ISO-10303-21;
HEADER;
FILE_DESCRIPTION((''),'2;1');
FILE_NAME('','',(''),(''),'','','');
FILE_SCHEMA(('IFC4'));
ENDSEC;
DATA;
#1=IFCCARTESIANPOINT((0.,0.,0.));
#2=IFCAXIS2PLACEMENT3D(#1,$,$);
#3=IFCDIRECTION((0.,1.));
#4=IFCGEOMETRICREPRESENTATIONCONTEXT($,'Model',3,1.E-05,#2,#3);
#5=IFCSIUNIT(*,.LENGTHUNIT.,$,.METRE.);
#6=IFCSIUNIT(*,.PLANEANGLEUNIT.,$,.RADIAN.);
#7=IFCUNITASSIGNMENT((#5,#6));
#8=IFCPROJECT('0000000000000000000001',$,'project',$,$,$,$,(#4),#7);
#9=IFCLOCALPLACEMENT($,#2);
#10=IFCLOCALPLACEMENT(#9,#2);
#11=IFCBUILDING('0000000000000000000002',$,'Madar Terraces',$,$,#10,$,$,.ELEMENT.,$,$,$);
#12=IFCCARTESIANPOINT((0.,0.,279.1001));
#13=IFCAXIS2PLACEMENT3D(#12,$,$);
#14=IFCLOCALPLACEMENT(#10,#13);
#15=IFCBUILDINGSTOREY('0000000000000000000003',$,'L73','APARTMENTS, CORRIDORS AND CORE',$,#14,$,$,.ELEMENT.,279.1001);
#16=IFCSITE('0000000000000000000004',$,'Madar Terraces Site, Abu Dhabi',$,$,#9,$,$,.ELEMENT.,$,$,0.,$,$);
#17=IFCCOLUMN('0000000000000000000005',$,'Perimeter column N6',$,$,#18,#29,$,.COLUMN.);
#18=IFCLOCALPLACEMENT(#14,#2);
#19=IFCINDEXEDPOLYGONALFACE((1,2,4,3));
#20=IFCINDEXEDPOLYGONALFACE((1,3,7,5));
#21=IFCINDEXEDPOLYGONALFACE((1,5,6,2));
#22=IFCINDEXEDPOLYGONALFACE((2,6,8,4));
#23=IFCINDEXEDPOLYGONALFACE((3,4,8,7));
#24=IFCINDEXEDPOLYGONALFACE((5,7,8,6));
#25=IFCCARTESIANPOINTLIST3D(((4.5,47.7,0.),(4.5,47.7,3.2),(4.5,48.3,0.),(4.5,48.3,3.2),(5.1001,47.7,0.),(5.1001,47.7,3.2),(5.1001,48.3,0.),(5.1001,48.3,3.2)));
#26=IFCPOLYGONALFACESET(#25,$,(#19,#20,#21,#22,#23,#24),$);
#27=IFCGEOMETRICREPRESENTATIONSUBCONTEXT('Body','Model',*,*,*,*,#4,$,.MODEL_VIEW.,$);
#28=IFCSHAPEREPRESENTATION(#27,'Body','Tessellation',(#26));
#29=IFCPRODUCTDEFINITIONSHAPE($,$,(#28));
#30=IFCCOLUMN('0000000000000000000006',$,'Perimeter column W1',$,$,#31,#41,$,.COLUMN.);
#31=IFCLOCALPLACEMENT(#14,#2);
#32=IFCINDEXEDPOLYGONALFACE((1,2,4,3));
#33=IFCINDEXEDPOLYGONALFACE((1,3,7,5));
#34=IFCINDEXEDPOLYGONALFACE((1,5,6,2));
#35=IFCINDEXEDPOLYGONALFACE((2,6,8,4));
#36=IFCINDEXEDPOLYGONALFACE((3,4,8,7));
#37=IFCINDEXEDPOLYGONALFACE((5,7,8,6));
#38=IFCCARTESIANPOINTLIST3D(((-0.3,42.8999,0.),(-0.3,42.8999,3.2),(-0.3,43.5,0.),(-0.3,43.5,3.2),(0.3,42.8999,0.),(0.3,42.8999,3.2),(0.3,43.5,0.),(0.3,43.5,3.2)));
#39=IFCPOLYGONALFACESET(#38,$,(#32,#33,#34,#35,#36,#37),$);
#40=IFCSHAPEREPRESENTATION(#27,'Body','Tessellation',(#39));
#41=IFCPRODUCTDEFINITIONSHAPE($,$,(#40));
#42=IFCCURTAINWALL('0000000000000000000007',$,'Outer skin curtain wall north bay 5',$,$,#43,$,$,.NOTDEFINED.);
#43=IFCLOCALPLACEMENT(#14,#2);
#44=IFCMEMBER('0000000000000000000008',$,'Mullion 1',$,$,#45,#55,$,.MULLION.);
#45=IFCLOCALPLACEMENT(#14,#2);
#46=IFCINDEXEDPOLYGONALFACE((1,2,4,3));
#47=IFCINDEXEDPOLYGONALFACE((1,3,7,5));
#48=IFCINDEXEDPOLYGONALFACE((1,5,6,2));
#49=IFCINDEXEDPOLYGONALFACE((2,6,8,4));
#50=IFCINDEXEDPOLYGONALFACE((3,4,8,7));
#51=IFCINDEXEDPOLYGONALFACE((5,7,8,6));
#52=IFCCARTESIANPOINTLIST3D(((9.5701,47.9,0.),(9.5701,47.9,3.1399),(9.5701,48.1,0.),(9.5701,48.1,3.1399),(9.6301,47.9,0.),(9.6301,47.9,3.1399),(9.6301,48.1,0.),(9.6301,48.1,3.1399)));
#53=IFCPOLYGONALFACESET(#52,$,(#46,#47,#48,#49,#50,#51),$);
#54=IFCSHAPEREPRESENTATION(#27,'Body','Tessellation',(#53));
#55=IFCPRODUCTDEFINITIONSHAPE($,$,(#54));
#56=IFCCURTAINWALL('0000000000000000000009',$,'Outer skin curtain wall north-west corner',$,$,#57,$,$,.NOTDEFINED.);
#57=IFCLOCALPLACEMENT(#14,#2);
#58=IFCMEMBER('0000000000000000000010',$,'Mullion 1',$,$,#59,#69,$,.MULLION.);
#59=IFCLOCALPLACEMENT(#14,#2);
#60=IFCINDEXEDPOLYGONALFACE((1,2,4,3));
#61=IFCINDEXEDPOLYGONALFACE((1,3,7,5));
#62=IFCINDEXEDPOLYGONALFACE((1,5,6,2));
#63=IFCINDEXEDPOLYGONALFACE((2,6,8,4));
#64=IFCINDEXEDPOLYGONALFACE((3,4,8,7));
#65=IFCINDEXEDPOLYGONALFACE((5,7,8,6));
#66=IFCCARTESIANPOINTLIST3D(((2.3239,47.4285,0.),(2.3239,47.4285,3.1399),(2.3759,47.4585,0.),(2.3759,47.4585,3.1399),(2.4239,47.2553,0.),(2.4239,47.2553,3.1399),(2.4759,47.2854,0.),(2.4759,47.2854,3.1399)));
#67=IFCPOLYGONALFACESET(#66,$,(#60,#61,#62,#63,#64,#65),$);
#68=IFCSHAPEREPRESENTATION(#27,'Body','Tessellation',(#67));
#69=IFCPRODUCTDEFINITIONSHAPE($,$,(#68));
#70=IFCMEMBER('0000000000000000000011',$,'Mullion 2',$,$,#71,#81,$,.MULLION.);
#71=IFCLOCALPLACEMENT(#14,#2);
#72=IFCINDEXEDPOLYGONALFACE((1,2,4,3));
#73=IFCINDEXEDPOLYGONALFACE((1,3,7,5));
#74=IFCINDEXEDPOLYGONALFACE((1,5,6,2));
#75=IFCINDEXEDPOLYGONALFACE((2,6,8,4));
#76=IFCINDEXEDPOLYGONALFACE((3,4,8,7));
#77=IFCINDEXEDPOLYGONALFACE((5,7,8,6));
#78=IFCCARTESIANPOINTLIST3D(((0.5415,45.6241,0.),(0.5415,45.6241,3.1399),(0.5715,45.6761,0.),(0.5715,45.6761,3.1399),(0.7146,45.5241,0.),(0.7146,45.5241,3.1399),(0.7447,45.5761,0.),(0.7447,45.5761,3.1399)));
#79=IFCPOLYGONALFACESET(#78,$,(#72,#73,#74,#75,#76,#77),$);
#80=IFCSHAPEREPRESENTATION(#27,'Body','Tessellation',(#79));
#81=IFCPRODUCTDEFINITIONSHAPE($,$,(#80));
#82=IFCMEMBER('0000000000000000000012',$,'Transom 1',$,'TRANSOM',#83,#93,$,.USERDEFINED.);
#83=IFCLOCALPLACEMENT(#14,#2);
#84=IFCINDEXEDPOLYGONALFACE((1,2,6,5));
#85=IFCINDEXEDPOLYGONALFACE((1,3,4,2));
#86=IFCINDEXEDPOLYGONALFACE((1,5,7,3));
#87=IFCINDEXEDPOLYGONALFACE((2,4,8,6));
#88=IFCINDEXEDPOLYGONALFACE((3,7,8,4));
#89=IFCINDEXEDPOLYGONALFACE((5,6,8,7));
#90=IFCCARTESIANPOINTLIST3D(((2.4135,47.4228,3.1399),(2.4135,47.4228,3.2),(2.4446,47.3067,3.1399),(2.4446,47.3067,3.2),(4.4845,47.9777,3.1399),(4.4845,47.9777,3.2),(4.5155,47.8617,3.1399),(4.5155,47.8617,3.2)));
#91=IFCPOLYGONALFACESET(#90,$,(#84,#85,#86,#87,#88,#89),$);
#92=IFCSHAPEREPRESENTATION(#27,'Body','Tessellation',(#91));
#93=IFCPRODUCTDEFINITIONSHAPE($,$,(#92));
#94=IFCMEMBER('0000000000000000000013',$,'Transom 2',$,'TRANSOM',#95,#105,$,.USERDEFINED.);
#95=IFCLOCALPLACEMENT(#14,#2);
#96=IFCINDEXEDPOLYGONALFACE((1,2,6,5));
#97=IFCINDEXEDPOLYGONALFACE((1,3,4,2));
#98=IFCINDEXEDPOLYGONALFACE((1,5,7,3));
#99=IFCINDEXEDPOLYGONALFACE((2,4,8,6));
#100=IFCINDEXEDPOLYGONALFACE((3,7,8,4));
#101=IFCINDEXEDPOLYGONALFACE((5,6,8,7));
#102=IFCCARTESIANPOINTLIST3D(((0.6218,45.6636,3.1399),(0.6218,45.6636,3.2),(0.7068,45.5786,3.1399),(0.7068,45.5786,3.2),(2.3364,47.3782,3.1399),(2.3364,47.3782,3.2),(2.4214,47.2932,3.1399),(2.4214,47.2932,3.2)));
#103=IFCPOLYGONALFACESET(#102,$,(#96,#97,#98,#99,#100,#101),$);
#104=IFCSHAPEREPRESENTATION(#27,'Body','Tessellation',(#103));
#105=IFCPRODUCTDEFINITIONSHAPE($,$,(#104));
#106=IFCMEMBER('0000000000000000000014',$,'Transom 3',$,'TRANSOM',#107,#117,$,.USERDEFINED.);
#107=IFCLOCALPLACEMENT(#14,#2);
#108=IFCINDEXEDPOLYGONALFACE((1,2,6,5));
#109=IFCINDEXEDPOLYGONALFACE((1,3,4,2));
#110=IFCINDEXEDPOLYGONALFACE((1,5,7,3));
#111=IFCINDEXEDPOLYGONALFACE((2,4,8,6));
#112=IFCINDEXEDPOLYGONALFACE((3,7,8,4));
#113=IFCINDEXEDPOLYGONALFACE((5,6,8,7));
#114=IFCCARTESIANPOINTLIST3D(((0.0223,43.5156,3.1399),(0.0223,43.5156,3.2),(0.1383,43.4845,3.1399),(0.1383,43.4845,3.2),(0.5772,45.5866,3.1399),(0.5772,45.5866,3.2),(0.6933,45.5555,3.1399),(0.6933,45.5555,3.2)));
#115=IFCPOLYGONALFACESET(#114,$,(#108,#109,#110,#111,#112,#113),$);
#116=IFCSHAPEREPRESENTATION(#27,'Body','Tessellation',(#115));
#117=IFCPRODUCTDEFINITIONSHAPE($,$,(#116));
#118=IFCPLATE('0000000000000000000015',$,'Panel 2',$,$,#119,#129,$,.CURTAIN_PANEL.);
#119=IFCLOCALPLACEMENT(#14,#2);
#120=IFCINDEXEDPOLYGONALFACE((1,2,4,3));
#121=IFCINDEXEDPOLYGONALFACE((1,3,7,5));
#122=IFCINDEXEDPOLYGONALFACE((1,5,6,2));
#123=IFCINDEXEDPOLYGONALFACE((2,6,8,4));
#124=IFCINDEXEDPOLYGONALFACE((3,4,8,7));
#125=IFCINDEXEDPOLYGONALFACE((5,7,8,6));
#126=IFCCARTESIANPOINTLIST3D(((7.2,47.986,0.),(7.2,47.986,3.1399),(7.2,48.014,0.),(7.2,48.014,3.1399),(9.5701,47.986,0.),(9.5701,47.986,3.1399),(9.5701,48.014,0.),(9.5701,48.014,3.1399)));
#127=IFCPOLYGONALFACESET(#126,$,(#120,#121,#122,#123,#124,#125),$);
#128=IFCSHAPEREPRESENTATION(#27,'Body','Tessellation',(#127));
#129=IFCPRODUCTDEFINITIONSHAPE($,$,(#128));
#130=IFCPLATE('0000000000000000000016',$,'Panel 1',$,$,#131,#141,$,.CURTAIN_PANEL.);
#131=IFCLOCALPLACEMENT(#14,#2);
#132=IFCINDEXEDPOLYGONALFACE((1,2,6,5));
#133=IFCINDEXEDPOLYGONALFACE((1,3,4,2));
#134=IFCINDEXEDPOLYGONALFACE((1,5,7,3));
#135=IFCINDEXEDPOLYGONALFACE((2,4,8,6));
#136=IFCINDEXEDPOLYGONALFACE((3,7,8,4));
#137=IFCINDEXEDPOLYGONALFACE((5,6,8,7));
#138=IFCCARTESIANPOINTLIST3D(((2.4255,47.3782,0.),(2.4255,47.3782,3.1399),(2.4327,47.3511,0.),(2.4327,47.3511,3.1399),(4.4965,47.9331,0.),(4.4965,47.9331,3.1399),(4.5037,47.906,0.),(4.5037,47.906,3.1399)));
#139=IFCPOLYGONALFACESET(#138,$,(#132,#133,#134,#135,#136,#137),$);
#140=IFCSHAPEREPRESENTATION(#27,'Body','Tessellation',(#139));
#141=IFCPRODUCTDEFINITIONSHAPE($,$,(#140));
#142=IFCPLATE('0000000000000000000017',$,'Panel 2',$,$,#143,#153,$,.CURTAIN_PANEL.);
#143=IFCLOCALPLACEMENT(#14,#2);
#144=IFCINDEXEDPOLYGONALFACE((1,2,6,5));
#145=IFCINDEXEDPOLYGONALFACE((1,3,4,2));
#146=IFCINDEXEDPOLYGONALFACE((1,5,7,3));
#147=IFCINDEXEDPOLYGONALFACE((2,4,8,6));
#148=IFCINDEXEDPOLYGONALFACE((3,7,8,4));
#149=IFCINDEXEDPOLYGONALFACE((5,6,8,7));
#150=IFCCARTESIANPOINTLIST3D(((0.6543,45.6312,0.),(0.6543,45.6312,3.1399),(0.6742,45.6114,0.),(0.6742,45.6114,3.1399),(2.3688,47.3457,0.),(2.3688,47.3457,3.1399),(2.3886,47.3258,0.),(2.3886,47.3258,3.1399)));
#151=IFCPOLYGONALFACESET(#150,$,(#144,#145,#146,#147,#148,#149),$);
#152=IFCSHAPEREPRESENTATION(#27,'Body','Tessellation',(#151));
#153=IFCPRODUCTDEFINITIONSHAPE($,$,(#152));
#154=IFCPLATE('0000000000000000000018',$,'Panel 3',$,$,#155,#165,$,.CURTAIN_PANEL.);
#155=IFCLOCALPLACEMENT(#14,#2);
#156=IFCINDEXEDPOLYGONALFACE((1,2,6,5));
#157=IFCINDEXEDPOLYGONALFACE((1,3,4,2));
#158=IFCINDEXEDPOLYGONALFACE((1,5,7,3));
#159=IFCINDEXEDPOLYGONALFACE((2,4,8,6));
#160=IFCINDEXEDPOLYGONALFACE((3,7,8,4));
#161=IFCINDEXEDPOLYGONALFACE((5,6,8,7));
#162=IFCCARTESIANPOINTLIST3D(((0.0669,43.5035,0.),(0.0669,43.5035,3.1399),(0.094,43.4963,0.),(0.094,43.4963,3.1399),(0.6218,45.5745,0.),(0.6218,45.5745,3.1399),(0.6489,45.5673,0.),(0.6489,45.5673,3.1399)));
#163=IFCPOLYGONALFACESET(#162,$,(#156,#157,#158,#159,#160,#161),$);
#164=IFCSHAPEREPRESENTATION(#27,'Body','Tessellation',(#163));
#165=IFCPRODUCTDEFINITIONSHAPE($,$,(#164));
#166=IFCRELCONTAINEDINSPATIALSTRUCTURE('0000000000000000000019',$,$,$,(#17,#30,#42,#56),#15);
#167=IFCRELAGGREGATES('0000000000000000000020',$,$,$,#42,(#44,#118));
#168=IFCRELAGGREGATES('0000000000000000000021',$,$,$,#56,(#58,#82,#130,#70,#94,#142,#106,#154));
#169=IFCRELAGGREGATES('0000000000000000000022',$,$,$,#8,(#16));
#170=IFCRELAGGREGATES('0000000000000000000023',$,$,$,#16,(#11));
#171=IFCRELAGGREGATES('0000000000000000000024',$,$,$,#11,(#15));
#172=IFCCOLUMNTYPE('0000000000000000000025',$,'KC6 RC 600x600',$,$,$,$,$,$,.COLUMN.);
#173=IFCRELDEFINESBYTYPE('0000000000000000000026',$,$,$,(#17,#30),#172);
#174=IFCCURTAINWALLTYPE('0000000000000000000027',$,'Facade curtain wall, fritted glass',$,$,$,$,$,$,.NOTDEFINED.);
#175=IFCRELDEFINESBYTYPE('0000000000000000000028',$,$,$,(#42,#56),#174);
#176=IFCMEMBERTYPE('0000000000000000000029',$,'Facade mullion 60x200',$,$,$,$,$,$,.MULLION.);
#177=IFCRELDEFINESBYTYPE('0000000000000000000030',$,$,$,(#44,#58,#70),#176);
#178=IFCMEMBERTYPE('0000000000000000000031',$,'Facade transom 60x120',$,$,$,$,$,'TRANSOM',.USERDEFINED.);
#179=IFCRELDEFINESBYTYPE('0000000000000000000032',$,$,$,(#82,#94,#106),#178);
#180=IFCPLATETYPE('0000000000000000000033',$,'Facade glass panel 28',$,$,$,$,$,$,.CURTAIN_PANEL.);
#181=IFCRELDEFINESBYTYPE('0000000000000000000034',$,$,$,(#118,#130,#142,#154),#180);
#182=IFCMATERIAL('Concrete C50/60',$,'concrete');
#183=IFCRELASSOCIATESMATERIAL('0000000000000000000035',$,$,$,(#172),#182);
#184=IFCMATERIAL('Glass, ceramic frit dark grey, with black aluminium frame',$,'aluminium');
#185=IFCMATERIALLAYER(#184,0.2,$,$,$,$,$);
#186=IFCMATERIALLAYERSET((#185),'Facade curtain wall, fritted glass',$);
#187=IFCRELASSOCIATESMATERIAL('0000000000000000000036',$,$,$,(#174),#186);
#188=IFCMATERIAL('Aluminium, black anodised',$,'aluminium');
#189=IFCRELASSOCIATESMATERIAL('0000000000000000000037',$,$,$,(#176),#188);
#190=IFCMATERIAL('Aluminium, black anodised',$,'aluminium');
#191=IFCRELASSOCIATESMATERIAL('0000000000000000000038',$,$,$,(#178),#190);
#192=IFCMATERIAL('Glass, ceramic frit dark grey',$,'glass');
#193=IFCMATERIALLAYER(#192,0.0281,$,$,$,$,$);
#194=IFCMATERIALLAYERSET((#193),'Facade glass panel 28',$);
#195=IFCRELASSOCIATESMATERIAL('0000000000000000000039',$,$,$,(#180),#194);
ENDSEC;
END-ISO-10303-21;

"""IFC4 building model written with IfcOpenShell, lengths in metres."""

from ifc_helpers import new_model, si_unit, direction, frame, origin, origin_2d, place, context, subcontext, project, spatial, rectangle, extrude, material, layer, layer_set, material_profile, profile_set, type_object, element, aggregate, save


model = new_model("IFC4")

# Units and contexts
model_context = context("Model", 3, precision=1e-05, world=origin(), true_north=direction((0.0, 1.0)))
body_context = subcontext(model_context, "Body", "Model", "MODEL_VIEW")
ifc_project = project(units=[si_unit("LENGTHUNIT", "METRE"), si_unit("PLANEANGLEUNIT", "RADIAN")], contexts=[model_context])

# Site, building, storey
site_placement = place(None, origin())
site = spatial("IfcSite", under=ifc_project, at=site_placement, Name="Madar Terraces Site, Abu Dhabi", CompositionType="ELEMENT", RefElevation=0.0)
building_placement = place(site_placement, origin())
building = spatial("IfcBuilding", under=site, at=building_placement, Name="Madar Terraces", CompositionType="ELEMENT")
storey_placement = place(building_placement, frame((0.0, 0.0, 279.1001)))
storey = spatial("IfcBuildingStorey", under=building, at=storey_placement, Name="L73", Description="APARTMENTS, CORRIDORS AND CORE", CompositionType="ELEMENT", Elevation=279.1001)

# Columns
ifc_material_1 = material(Name="Concrete C50/60", Category="concrete")
ifc_material_profile_1 = material_profile(ifc_material_1, rectangle(XDim=0.6001, YDim=0.6001, at=origin_2d()), Name="KC6 RC 600x600")
ifc_profile_set_1 = profile_set([ifc_material_profile_1], Name="Concrete C50/60")
column_type = type_object("IfcColumnType", Name="KC6 RC 600x600", PredefinedType="COLUMN", material=ifc_profile_set_1)
for number, where, z_axis, x_axis, name in (
    (1, (4.8, 48.0, 0.0), (0.0, 0.0, 1.0), (1.0, 0.0, 0.0), "Perimeter column N6"),
    (2, (0.0, 43.2, 0.0), (0.0, 0.0, 1.0), (1.0, 0.0, 0.0), "Perimeter column W1"),
):
    element("IfcColumn", number, at=place(storey_placement, frame(where, z_axis=z_axis, x_axis=x_axis)), inside=storey, type_object=column_type, Name=name, PredefinedType="COLUMN", context=body_context, shape_type="SweptSolid", body=[
        extrude(rectangle(XDim=0.6001, YDim=0.6001, at=origin_2d()), origin(), (0.0, 0.0, 1.0), 3.2),
    ])

# Curtain wall, member
ifc_material_2 = material(Name="Glass, ceramic frit dark grey, with black aluminium frame", Category="aluminium")
ifc_layer_1 = layer(ifc_material_2, 0.2)
ifc_layer_set_1 = layer_set([ifc_layer_1], Name="Facade curtain wall, fritted glass")
curtain_wall_type = type_object("IfcCurtainWallType", Name="Facade curtain wall, fritted glass", PredefinedType="NOTDEFINED", material=ifc_layer_set_1)
curtain_wall_1_placement = place(storey_placement, origin())
curtain_wall_1 = element("IfcCurtainWall", 3, at=curtain_wall_1_placement, inside=storey, type_object=curtain_wall_type, Name="Outer skin curtain wall north bay 5", PredefinedType="NOTDEFINED")
ifc_material_3 = material(Name="Aluminium, black anodised", Category="aluminium")
ifc_material_profile_2 = material_profile(ifc_material_3, rectangle(XDim=0.2, YDim=0.0601, at=origin_2d()), Name="Facade mullion 60x200")
ifc_profile_set_2 = profile_set([ifc_material_profile_2], Name="Aluminium, black anodised")
member_type_1 = type_object("IfcMemberType", Name="Facade mullion 60x200", PredefinedType="MULLION", material=ifc_profile_set_2)
member_1_placement = place(storey_placement, frame((9.6001, 48.0, 0.0), z_axis=(0.0, 0.0, 1.0), x_axis=(0.0, -1.0, 0.0)))
member_1 = element("IfcMember", 4, at=member_1_placement, type_object=member_type_1, Name="Mullion 1", PredefinedType="MULLION", context=body_context, shape_type="SweptSolid", body=[
    extrude(rectangle(XDim=0.2, YDim=0.0601, at=origin_2d()), origin(), (0.0, 0.0, 1.0), 3.1399),
])

# Curtain wall, members
curtain_wall_2_placement = place(storey_placement, origin())
curtain_wall_2 = element("IfcCurtainWall", 5, at=curtain_wall_2_placement, inside=storey, type_object=curtain_wall_type, Name="Outer skin curtain wall north-west corner", PredefinedType="NOTDEFINED")
member_2_placement = place(storey_placement, frame((2.3999, 47.3569, 0.0), z_axis=(0.0, 0.0, 1.0), x_axis=(0.5, -0.866025, 0.0)))
member_2 = element("IfcMember", 6, at=member_2_placement, type_object=member_type_1, Name="Mullion 1", PredefinedType="MULLION", context=body_context, shape_type="SweptSolid", body=[
    extrude(rectangle(XDim=0.2, YDim=0.0601, at=origin_2d()), origin(), (0.0, 0.0, 1.0), 3.1399),
])
member_3_placement = place(storey_placement, frame((0.6431, 45.6001, 0.0), z_axis=(0.0, 0.0, 1.0), x_axis=(0.866025, -0.5, 0.0)))
member_3 = element("IfcMember", 7, at=member_3_placement, type_object=member_type_1, Name="Mullion 2", PredefinedType="MULLION", context=body_context, shape_type="SweptSolid", body=[
    extrude(rectangle(XDim=0.2, YDim=0.0601, at=origin_2d()), origin(), (0.0, 0.0, 1.0), 3.1399),
])
ifc_material_4 = material(Name="Aluminium, black anodised", Category="aluminium")
ifc_material_profile_3 = material_profile(ifc_material_4, rectangle(XDim=0.1201, YDim=0.0601, at=origin_2d()), Name="Facade transom 60x120")
ifc_profile_set_3 = profile_set([ifc_material_profile_3], Name="Aluminium, black anodised")
member_type_2 = type_object("IfcMemberType", Name="Facade transom 60x120", ElementType="TRANSOM", PredefinedType="USERDEFINED", material=ifc_profile_set_3)
member_4_placement = place(storey_placement, frame((4.5, 47.9197, 3.1699), z_axis=(-0.965926, -0.258818, 0.0), x_axis=(0.258818, -0.965926, 0.0)))
member_4 = element("IfcMember", 8, at=member_4_placement, type_object=member_type_2, Name="Transom 1", ObjectType="TRANSOM", PredefinedType="USERDEFINED", context=body_context, shape_type="SweptSolid", body=[
    extrude(rectangle(XDim=0.1201, YDim=0.0601, at=origin_2d()), origin(), (0.0, 0.0, 1.0), 2.144),
])
member_5_placement = place(storey_placement, frame((2.3789, 47.3357, 3.1699), z_axis=(-0.707107, -0.707107, 0.0), x_axis=(0.707107, -0.707107, 0.0)))
member_5 = element("IfcMember", 9, at=member_5_placement, type_object=member_type_2, Name="Transom 2", ObjectType="TRANSOM", PredefinedType="USERDEFINED", context=body_context, shape_type="SweptSolid", body=[
    extrude(rectangle(XDim=0.1201, YDim=0.0601, at=origin_2d()), origin(), (0.0, 0.0, 1.0), 2.4248),
])
member_6_placement = place(storey_placement, frame((0.6353, 45.571, 3.1699), z_axis=(-0.258818, -0.965926, 0.0), x_axis=(0.965926, -0.258818, 0.0)))
member_6 = element("IfcMember", 10, at=member_6_placement, type_object=member_type_2, Name="Transom 3", ObjectType="TRANSOM", PredefinedType="USERDEFINED", context=body_context, shape_type="SweptSolid", body=[
    extrude(rectangle(XDim=0.1201, YDim=0.0601, at=origin_2d()), origin(), (0.0, 0.0, 1.0), 2.144),
])

# Plates
ifc_material_5 = material(Name="Glass, ceramic frit dark grey", Category="glass")
ifc_layer_2 = layer(ifc_material_5, 0.0281)
ifc_layer_set_2 = layer_set([ifc_layer_2], Name="Facade glass panel 28")
plate_type = type_object("IfcPlateType", Name="Facade glass panel 28", PredefinedType="CURTAIN_PANEL", material=ifc_layer_set_2)
plate_1_placement = place(storey_placement, frame((8.385, 48.0, 0.0), z_axis=(0.0, 0.0, 1.0), x_axis=(-1.0, 0.0, 0.0)))
plate_1 = element("IfcPlate", 11, at=plate_1_placement, type_object=plate_type, Name="Panel 2", PredefinedType="CURTAIN_PANEL", context=body_context, shape_type="SweptSolid", body=[
    extrude(rectangle(XDim=2.3701, YDim=0.0281, at=origin_2d()), origin(), (0.0, 0.0, 1.0), 3.1399),
])
aggregate(curtain_wall_1, [member_1, plate_1])
plate_2_placement = place(storey_placement, frame((3.4646, 47.6421, 0.0), z_axis=(0.0, 0.0, 1.0), x_axis=(-0.965926, -0.258819, 0.0)))
plate_2 = element("IfcPlate", 12, at=plate_2_placement, type_object=plate_type, Name="Panel 1", PredefinedType="CURTAIN_PANEL", context=body_context, shape_type="SweptSolid", body=[
    extrude(rectangle(XDim=2.144, YDim=0.0281, at=origin_2d()), origin(), (0.0, 0.0, 1.0), 3.1399),
])
plate_3_placement = place(storey_placement, frame((1.5215, 46.4785, 0.0), z_axis=(0.0, 0.0, 1.0), x_axis=(-0.707107, -0.707107, 0.0)))
plate_3 = element("IfcPlate", 13, at=plate_3_placement, type_object=plate_type, Name="Panel 2", PredefinedType="CURTAIN_PANEL", context=body_context, shape_type="SweptSolid", body=[
    extrude(rectangle(XDim=2.4246, YDim=0.0281, at=origin_2d()), origin(), (0.0, 0.0, 1.0), 3.1399),
])
plate_4_placement = place(storey_placement, frame((0.3579, 44.5354, 0.0), z_axis=(0.0, 0.0, 1.0), x_axis=(-0.258819, -0.965926, 0.0)))
plate_4 = element("IfcPlate", 14, at=plate_4_placement, type_object=plate_type, Name="Panel 3", PredefinedType="CURTAIN_PANEL", context=body_context, shape_type="SweptSolid", body=[
    extrude(rectangle(XDim=2.144, YDim=0.0281, at=origin_2d()), origin(), (0.0, 0.0, 1.0), 3.1399),
])
aggregate(curtain_wall_2, [member_2, member_4, plate_2, member_3, member_5, plate_3, member_6, plate_4])

save(model, "model.ifc")
